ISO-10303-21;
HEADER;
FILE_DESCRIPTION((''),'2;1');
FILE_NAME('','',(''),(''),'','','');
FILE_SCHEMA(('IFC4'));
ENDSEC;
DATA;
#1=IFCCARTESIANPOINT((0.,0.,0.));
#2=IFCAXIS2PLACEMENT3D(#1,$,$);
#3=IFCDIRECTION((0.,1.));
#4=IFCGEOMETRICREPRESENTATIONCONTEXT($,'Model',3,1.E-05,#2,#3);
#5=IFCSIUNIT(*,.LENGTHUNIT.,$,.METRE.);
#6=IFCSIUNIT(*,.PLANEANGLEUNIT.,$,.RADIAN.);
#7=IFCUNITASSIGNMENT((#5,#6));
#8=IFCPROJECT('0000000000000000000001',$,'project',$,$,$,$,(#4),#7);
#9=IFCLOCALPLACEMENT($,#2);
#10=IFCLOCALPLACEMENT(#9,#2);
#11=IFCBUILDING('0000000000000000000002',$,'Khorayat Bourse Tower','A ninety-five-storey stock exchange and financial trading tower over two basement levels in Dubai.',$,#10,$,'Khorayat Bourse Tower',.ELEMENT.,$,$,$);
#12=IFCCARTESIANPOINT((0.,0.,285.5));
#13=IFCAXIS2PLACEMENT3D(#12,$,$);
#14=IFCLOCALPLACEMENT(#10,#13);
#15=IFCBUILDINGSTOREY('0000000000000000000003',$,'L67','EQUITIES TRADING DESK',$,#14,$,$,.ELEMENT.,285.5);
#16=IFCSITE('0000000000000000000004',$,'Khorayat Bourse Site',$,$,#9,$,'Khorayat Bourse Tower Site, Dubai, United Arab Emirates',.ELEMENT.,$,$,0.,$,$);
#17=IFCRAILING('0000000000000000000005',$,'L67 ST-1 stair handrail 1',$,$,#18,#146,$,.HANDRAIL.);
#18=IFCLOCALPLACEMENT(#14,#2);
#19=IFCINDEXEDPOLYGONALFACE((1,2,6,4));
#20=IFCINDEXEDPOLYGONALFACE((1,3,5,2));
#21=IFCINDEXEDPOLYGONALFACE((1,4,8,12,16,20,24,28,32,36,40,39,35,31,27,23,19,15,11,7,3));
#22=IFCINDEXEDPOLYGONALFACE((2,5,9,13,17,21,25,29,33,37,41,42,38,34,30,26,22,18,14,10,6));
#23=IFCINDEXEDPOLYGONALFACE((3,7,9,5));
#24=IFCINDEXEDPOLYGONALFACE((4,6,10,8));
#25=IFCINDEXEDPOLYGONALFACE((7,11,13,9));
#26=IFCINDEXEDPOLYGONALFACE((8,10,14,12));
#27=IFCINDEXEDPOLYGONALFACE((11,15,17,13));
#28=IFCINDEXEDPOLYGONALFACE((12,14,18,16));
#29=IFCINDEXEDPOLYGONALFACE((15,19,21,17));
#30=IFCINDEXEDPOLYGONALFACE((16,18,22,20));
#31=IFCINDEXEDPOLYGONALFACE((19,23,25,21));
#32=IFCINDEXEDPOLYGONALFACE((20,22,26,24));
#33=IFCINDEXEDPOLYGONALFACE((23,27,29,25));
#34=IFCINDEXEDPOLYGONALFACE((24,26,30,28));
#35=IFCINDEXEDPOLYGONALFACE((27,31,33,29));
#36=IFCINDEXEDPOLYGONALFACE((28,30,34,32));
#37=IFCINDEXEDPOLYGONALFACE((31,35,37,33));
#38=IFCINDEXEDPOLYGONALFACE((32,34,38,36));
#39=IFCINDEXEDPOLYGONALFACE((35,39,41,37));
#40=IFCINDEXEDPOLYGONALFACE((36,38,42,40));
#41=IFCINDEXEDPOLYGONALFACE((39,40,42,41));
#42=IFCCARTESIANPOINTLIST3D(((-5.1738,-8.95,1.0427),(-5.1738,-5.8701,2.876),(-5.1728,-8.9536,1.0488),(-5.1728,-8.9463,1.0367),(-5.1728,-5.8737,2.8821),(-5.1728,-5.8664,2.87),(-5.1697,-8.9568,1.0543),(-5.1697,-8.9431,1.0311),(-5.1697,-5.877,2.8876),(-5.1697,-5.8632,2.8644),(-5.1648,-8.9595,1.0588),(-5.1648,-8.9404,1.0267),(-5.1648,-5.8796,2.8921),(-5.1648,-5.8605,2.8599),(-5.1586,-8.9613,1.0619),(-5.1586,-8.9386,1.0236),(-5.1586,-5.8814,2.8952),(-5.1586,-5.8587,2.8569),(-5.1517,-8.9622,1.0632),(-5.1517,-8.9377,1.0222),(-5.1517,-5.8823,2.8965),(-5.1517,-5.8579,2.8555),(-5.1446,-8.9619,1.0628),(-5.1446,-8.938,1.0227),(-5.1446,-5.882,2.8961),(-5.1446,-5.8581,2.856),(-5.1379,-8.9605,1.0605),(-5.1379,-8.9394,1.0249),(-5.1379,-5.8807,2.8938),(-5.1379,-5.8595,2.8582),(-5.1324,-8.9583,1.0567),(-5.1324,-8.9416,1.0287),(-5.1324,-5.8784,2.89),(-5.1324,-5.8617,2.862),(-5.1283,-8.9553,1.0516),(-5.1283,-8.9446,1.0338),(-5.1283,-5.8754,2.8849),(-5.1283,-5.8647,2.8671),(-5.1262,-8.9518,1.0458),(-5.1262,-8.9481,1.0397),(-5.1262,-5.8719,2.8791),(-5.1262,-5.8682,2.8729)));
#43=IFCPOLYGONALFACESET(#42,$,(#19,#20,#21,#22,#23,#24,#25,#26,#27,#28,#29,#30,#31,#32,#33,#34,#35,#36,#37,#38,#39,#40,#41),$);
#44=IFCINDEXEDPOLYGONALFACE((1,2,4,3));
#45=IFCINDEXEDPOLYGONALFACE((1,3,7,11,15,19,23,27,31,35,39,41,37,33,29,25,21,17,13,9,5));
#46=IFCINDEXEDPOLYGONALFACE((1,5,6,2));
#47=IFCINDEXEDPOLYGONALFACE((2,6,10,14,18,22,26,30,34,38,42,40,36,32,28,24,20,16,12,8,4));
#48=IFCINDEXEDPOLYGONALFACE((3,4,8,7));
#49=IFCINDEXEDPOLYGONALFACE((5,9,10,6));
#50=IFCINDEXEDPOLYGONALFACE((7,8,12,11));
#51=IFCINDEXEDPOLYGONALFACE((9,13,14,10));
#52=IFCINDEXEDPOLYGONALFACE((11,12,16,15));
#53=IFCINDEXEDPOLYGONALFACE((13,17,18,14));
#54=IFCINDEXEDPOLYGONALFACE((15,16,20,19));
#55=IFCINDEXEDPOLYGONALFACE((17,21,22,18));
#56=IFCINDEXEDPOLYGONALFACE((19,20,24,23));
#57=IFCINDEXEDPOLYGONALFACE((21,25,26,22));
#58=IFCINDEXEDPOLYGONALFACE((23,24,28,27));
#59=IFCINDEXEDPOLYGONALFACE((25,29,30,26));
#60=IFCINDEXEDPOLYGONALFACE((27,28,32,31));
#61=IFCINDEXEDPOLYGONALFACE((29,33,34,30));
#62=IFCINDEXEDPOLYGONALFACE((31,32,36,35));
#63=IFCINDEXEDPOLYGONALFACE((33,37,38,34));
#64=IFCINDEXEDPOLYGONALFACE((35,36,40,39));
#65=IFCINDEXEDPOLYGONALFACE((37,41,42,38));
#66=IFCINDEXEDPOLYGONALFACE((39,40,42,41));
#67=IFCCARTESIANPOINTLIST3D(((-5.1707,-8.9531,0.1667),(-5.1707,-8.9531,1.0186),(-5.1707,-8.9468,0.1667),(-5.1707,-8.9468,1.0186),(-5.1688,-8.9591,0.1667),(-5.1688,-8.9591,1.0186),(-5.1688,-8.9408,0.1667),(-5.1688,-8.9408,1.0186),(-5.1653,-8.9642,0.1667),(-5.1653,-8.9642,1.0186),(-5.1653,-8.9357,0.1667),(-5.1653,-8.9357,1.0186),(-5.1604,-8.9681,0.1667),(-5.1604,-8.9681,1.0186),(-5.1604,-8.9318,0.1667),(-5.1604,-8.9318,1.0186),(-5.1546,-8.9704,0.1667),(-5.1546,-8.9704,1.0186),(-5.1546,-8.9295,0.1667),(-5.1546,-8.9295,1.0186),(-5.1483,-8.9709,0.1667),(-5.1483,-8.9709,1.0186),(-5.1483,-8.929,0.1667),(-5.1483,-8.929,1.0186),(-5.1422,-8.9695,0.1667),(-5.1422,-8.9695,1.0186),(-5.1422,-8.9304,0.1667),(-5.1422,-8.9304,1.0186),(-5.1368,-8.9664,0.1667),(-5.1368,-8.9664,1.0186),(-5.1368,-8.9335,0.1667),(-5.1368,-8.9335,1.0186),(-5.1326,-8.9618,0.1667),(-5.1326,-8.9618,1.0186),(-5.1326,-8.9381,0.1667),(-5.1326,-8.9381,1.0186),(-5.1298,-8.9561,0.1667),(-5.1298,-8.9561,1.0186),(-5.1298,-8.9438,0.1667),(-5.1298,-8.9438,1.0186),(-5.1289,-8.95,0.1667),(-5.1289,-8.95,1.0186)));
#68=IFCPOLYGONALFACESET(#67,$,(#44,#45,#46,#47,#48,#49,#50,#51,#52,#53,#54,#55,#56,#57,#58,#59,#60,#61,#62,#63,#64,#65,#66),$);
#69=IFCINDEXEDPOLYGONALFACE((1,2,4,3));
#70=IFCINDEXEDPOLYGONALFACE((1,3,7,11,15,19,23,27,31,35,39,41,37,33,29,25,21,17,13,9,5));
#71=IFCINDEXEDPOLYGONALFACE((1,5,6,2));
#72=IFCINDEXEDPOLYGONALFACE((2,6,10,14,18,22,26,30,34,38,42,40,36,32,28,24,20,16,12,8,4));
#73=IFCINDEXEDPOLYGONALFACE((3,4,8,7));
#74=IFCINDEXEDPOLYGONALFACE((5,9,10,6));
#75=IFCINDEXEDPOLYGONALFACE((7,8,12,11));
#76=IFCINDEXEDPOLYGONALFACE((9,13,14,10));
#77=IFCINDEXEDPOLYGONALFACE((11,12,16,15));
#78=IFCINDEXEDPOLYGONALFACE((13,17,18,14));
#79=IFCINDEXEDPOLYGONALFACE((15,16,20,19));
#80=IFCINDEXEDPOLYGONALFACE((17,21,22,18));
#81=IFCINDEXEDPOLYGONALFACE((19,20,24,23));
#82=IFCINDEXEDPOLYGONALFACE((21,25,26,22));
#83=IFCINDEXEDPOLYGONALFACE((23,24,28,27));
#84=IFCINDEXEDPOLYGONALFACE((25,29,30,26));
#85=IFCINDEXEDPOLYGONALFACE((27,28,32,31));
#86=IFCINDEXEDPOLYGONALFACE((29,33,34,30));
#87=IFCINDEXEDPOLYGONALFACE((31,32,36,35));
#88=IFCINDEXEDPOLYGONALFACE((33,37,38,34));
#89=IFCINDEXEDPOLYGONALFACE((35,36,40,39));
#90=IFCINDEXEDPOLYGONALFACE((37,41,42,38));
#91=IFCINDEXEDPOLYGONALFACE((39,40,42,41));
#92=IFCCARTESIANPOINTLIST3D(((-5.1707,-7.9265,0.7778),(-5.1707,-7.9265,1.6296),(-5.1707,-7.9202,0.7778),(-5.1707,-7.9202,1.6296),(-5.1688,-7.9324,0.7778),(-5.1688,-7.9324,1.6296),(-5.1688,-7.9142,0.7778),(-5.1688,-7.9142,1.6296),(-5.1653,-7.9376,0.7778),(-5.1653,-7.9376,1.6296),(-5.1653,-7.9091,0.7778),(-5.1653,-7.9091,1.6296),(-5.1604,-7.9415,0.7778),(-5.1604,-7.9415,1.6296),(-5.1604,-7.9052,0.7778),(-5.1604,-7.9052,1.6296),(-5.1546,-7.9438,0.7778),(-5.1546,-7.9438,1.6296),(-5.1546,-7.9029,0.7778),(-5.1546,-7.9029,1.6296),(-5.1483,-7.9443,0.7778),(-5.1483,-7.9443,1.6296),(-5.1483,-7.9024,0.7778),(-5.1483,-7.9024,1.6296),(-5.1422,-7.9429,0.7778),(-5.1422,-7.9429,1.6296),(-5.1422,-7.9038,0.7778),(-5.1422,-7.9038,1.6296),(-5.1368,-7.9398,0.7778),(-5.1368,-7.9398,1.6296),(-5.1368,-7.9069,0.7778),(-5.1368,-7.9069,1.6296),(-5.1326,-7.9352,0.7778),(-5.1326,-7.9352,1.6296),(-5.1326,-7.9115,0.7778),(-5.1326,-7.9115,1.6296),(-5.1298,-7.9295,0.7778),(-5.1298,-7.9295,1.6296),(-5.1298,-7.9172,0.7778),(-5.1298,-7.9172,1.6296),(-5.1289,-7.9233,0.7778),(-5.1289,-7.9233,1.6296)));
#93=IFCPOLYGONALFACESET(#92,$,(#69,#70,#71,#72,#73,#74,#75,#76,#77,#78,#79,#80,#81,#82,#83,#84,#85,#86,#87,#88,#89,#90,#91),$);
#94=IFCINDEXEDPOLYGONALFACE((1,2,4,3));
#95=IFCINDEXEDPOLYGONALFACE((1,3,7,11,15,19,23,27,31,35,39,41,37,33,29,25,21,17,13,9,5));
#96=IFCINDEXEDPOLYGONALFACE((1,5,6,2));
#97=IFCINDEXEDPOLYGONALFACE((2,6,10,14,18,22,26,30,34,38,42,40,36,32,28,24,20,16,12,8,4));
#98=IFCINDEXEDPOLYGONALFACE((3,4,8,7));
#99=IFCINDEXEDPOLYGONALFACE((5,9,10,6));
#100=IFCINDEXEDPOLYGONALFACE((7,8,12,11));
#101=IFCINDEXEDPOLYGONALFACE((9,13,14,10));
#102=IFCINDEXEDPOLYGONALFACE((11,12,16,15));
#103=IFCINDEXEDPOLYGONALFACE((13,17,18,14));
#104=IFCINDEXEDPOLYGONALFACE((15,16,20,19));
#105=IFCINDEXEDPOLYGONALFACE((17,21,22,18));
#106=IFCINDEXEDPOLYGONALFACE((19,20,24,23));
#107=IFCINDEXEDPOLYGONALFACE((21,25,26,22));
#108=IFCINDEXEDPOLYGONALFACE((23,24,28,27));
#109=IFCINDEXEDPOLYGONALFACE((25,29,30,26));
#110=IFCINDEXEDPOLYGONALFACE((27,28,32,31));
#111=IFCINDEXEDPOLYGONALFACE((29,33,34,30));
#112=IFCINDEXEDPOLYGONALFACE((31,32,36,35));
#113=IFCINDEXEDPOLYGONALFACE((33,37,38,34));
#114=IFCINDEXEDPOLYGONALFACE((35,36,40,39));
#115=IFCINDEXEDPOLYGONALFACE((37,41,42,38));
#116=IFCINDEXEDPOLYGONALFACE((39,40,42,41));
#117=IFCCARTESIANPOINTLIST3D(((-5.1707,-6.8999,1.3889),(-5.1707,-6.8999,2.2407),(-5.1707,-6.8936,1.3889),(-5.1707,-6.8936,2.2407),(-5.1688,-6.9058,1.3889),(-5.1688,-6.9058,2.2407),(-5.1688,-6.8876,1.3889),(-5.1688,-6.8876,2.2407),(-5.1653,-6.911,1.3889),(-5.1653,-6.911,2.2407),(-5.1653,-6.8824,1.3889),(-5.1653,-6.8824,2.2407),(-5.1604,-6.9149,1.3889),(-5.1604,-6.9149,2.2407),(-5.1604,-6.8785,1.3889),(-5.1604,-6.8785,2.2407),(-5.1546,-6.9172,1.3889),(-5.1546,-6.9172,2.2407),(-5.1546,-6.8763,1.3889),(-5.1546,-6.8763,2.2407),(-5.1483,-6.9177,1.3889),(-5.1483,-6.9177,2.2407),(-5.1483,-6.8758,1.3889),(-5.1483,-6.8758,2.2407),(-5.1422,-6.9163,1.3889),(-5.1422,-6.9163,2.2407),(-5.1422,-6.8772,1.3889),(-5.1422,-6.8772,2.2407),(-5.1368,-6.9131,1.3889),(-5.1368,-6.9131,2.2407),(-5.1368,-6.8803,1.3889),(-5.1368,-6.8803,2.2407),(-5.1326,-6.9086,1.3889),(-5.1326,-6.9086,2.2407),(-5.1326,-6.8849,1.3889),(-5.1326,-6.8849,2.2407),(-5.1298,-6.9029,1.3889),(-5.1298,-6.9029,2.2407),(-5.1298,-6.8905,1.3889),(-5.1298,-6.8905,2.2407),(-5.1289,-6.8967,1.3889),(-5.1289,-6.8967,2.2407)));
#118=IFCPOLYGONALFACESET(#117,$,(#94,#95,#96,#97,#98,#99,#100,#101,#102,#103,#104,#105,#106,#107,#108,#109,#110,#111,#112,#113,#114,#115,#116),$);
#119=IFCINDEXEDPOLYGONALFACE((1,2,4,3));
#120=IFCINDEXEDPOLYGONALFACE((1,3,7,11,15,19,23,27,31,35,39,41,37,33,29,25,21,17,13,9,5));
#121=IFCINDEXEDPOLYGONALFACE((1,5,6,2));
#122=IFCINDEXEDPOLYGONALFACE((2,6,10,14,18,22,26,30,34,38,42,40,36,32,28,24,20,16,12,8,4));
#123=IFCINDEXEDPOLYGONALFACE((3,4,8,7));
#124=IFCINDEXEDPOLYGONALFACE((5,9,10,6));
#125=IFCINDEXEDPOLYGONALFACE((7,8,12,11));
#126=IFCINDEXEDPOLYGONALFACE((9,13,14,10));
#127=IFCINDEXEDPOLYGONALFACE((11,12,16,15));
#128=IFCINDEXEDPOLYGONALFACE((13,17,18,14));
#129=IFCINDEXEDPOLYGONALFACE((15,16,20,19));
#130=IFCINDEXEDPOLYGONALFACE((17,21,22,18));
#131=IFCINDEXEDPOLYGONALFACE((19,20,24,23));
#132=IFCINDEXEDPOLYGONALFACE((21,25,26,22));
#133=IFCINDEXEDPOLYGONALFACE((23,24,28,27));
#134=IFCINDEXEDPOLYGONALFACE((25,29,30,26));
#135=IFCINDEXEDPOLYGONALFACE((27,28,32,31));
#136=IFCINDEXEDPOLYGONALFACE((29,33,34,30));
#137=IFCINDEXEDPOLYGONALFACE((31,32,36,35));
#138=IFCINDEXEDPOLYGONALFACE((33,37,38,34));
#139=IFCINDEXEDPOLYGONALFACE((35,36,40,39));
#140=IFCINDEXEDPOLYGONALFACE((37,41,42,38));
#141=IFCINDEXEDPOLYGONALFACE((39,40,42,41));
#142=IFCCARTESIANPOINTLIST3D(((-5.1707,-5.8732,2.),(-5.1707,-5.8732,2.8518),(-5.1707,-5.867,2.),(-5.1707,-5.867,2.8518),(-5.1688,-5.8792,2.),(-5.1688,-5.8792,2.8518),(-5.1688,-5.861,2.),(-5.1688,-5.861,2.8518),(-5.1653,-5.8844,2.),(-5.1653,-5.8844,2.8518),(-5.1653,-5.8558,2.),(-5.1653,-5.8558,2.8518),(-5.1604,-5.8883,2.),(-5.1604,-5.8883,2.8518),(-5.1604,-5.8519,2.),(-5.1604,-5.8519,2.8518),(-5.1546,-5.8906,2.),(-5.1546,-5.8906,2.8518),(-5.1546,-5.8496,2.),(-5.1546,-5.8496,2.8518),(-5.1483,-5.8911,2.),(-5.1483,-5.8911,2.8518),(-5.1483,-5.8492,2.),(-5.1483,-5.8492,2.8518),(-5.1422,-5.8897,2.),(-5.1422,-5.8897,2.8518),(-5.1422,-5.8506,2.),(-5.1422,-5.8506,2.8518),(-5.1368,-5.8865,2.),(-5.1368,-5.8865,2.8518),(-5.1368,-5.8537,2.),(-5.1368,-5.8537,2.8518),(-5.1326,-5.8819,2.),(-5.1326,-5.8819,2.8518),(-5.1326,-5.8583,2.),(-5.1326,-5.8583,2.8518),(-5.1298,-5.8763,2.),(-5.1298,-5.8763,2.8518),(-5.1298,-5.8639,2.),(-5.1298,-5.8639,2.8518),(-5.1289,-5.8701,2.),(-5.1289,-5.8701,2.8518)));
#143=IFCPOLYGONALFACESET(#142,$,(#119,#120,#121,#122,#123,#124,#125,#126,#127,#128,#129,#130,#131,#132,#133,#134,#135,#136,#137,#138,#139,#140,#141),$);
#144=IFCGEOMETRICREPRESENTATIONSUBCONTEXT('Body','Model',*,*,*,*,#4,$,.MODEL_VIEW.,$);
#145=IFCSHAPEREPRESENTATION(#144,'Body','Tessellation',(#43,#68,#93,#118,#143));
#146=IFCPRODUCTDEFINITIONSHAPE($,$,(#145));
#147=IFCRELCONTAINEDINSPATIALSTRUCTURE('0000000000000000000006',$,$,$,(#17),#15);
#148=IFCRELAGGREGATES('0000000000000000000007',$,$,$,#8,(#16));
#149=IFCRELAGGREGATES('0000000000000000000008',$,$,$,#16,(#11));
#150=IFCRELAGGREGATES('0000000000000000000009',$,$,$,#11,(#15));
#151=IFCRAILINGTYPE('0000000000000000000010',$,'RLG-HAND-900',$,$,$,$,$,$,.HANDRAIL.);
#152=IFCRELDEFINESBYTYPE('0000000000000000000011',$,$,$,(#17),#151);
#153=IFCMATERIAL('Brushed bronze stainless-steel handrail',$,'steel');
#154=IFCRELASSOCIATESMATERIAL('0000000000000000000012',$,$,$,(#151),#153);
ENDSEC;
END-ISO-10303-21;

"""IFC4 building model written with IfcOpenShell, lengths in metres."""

from ifc_helpers import new_model, si_unit, direction, frame, origin, origin_2d, place, context, subcontext, project, spatial, circle, extrude, source, transform, mapped, material, type_object, element, save


model = new_model("IFC4")

# Units and contexts
model_context = context("Model", 3, precision=1e-05, world=origin(), true_north=direction((0.0, 1.0)))
body_context = subcontext(model_context, "Body", "Model", "MODEL_VIEW")
ifc_project = project(units=[si_unit("LENGTHUNIT", "METRE"), si_unit("PLANEANGLEUNIT", "RADIAN")], contexts=[model_context])

# Site, building, storey
site_placement = place(None, origin())
site = spatial("IfcSite", under=ifc_project, at=site_placement, Name="Khorayat Bourse Site", LongName="Khorayat Bourse Tower Site, Dubai, United Arab Emirates", CompositionType="ELEMENT", RefElevation=0.0)
building_placement = place(site_placement, origin())
building = spatial("IfcBuilding", under=site, at=building_placement, Name="Khorayat Bourse Tower", Description="A ninety-five-storey stock exchange and financial trading tower over two basement levels in Dubai.", LongName="Khorayat Bourse Tower", CompositionType="ELEMENT")
storey_placement = place(building_placement, frame((0.0, 0.0, 285.5)))
storey = spatial("IfcBuildingStorey", under=building, at=storey_placement, Name="L67", Description="EQUITIES TRADING DESK", CompositionType="ELEMENT", Elevation=285.5)

# Railing
ifc_material_1 = material(Name="Brushed bronze stainless-steel handrail", Category="steel")
railing_type_1 = type_object("IfcRailingType", Name="RLG-HAND-900", PredefinedType="HANDRAIL", material=ifc_material_1)
shared_shape_1 = source(origin(), body_context, "Body", "SweptSolid", [
    extrude(circle(Radius=0.0239, at=origin_2d()), frame((0.0, 0.0, 0.876), z_axis=(0.0, 0.859291, 0.511487), x_axis=(-1.0, 0.0, 0.0)), (0.0, 0.0, 1.0), 3.5842),
    extrude(circle(Radius=0.021, at=origin_2d()), origin(), (0.0, 0.0, 1.0), 0.8518),
    extrude(circle(Radius=0.021, at=origin_2d()), frame((0.0, 1.0266, 0.6111)), (0.0, 0.0, 1.0), 0.8518),
    extrude(circle(Radius=0.021, at=origin_2d()), frame((0.0, 2.0532, 1.2222)), (0.0, 0.0, 1.0), 0.8518),
    extrude(circle(Radius=0.021, at=origin_2d()), frame((0.0, 3.0798, 1.8333)), (0.0, 0.0, 1.0), 0.8518),
])
railing_1_placement = place(storey_placement, frame((-5.1499, -8.95, 0.1667)))
element("IfcRailing", 1, at=railing_1_placement, inside=storey, type_object=railing_type_1, Name="L67 ST-1 stair handrail 1", PredefinedType="HANDRAIL", context=body_context, shape_type="MappedRepresentation", body=[
    mapped(shared_shape_1, transform((0.0, 0.0, 0.0), scale=1.0)),
])

save(model, "model.ifc")
